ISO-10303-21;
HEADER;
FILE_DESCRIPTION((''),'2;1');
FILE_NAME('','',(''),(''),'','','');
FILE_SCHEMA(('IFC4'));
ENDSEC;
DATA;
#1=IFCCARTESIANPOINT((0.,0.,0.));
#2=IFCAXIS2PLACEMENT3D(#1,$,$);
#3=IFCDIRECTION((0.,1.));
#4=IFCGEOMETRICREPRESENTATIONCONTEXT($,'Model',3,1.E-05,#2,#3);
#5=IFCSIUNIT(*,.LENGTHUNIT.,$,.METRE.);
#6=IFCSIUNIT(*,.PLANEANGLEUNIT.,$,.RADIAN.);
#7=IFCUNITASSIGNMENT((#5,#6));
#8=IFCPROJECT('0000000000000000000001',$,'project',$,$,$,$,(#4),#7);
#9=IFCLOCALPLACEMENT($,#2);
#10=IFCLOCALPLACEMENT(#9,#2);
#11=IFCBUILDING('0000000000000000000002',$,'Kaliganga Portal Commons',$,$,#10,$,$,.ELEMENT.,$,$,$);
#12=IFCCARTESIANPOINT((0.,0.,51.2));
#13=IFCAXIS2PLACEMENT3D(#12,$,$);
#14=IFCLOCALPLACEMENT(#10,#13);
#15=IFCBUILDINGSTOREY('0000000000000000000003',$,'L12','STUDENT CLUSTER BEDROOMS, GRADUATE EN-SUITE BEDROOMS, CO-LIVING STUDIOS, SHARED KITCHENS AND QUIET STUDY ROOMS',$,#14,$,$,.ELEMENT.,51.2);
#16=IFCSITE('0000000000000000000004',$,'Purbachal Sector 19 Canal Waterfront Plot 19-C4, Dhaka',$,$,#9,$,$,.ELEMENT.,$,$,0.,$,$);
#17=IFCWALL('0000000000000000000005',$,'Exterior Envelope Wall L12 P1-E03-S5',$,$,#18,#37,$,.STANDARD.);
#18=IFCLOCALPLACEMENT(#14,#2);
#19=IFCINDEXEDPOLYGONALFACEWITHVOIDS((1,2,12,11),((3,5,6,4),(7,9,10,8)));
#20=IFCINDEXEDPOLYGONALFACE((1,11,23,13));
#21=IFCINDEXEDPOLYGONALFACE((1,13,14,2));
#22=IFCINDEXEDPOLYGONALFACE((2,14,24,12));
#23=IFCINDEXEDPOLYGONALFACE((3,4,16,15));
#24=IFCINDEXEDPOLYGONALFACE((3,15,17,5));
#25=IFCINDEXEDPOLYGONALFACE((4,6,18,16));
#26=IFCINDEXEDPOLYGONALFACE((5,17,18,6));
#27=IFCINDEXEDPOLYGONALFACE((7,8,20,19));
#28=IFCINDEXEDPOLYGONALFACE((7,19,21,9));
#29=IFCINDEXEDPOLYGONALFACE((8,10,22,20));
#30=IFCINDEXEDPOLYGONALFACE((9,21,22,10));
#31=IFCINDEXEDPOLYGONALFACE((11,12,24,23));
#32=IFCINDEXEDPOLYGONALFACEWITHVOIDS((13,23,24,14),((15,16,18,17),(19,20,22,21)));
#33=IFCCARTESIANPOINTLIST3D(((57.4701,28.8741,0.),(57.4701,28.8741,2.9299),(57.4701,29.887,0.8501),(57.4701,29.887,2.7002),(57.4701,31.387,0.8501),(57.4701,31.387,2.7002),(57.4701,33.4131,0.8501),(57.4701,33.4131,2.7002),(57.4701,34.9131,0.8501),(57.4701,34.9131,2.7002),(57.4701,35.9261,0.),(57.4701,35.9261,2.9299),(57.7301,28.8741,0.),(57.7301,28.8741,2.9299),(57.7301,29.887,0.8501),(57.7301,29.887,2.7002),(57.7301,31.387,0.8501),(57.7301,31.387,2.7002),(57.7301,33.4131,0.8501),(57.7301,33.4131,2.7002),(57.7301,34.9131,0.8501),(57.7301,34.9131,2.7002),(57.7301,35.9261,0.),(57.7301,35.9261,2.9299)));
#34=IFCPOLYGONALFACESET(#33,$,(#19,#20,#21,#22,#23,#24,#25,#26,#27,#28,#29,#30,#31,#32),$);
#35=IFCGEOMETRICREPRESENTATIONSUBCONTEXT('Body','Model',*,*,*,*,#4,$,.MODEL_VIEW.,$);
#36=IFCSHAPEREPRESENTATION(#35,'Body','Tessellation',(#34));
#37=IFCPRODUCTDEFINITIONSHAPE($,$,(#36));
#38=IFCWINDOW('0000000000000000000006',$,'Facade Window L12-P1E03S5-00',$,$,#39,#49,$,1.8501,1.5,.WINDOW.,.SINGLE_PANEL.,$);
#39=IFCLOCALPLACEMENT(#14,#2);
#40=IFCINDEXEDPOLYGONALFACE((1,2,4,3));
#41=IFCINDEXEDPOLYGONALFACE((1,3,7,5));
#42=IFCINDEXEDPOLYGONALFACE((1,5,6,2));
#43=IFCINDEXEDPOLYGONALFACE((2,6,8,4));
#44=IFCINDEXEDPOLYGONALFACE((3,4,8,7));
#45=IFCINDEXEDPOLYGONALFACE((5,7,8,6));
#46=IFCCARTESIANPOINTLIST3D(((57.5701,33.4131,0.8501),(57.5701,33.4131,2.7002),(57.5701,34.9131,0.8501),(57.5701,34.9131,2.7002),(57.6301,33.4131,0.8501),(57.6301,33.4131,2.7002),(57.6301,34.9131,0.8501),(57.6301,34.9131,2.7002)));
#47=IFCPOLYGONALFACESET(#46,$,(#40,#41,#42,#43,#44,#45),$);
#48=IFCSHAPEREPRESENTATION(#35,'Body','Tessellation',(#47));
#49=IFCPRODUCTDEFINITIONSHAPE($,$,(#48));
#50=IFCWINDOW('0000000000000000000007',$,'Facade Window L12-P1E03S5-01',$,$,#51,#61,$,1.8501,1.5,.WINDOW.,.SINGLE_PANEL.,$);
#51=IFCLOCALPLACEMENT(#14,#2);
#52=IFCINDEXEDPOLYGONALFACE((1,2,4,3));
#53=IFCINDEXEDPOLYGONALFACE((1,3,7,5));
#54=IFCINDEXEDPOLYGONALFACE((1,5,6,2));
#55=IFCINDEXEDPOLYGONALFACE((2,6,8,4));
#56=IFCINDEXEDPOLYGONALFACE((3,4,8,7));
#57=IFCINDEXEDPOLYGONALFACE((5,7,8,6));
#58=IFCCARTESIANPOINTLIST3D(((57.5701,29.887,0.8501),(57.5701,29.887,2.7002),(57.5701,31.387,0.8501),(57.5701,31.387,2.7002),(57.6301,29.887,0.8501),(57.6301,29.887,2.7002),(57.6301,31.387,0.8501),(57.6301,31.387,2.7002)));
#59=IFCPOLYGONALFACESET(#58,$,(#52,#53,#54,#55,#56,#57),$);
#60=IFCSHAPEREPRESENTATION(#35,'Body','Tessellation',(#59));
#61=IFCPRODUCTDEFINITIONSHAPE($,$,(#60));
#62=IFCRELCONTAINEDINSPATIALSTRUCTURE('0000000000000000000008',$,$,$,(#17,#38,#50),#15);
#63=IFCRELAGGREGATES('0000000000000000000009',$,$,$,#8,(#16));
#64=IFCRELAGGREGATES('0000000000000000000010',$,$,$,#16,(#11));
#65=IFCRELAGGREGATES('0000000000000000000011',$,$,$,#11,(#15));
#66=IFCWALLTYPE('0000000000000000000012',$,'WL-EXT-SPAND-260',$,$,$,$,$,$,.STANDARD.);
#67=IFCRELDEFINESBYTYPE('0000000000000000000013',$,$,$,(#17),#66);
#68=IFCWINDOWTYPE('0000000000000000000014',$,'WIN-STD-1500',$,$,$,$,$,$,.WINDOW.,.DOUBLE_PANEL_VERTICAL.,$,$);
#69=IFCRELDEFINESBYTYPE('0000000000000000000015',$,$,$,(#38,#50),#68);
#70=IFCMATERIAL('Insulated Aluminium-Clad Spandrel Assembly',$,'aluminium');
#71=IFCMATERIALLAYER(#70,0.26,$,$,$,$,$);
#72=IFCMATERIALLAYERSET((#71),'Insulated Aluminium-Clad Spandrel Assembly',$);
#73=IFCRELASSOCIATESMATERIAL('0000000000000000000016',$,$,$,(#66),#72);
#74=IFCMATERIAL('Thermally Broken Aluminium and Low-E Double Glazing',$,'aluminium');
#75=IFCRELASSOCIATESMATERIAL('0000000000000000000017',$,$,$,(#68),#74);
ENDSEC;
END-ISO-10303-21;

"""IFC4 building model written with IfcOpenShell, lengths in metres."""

from ifc_helpers import new_model, si_unit, direction, frame, frame_2d, origin, place, context, subcontext, project, spatial, rectangle, extrude, material, layer, layer_set, type_object, element, fill, save


model = new_model("IFC4")

# Units and contexts
model_context = context("Model", 3, precision=1e-05, world=origin(), true_north=direction((0.0, 1.0)))
body_context = subcontext(model_context, "Body", "Model", "MODEL_VIEW")
ifc_project = project(units=[si_unit("LENGTHUNIT", "METRE"), si_unit("PLANEANGLEUNIT", "RADIAN")], contexts=[model_context])

# Site, building, storey
site_placement = place(None, origin())
site = spatial("IfcSite", under=ifc_project, at=site_placement, Name="Purbachal Sector 19 Canal Waterfront Plot 19-C4, Dhaka", CompositionType="ELEMENT", RefElevation=0.0)
building_placement = place(site_placement, origin())
building = spatial("IfcBuilding", under=site, at=building_placement, Name="Kaliganga Portal Commons", CompositionType="ELEMENT")
storey_placement = place(building_placement, frame((0.0, 0.0, 51.2)))
storey = spatial("IfcBuildingStorey", under=building, at=storey_placement, Name="L12", Description="STUDENT CLUSTER BEDROOMS, GRADUATE EN-SUITE BEDROOMS, CO-LIVING STUDIOS, SHARED KITCHENS AND QUIET STUDY ROOMS", CompositionType="ELEMENT", Elevation=51.2)

# Wall, openings, windows
ifc_material_1 = material(Name="Insulated Aluminium-Clad Spandrel Assembly", Category="aluminium")
ifc_layer = layer(ifc_material_1, 0.26)
ifc_layer_set = layer_set([ifc_layer], Name="Insulated Aluminium-Clad Spandrel Assembly")
wall_type = type_object("IfcWallType", Name="WL-EXT-SPAND-260", PredefinedType="STANDARD", material=ifc_layer_set)
wall_placement = place(storey_placement, frame((57.6001, 35.926, 0.0), z_axis=(0.0, 0.0, 1.0), x_axis=(0.0, -1.0, 0.0)))
wall = element("IfcWall", 1, at=wall_placement, inside=storey, type_object=wall_type, Name="Exterior Envelope Wall L12 P1-E03-S5", PredefinedType="STANDARD", context=body_context, shape_type="SweptSolid", body=[
    extrude(rectangle(XDim=7.052, YDim=0.26, at=frame_2d((3.5259, 0.0))), origin(), (0.0, 0.0, 1.0), 2.9299),
])
opening_1_placement = place(wall_placement, frame((1.0129, 0.0, 0.8501)))
opening_1 = element("IfcOpeningElement", 2, at=opening_1_placement, cuts=wall, PredefinedType="OPENING", context=body_context, shape_type="SweptSolid", body=[
    extrude(rectangle(XDim=1.5, YDim=1.8501, at=frame_2d((0.75, 0.925))), frame((0.0, 0.1401, 0.0), z_axis=(0.0, -1.0, 0.0), x_axis=(1.0, 0.0, 0.0)), (0.0, 0.0, 1.0), 0.28),
])
opening_2_placement = place(wall_placement, frame((4.5391, 0.0, 0.8501)))
opening_2 = element("IfcOpeningElement", 3, at=opening_2_placement, cuts=wall, PredefinedType="OPENING", context=body_context, shape_type="SweptSolid", body=[
    extrude(rectangle(XDim=1.5, YDim=1.8501, at=frame_2d((0.75, 0.925))), frame((0.0, 0.1401, 0.0), z_axis=(0.0, -1.0, 0.0), x_axis=(1.0, 0.0, 0.0)), (0.0, 0.0, 1.0), 0.28),
])
ifc_material_2 = material(Name="Thermally Broken Aluminium and Low-E Double Glazing", Category="aluminium")
window_type = type_object("IfcWindowType", Name="WIN-STD-1500", PartitioningType="DOUBLE_PANEL_VERTICAL", PredefinedType="WINDOW", material=ifc_material_2)
window_1_placement = place(opening_1_placement, origin())
window_1 = element("IfcWindow", 4, at=window_1_placement, inside=storey, type_object=window_type, Name="Facade Window L12-P1E03S5-00", OverallHeight=1.8501, OverallWidth=1.5, PartitioningType="SINGLE_PANEL", PredefinedType="WINDOW", context=body_context, shape_type="SweptSolid", body=[
    extrude(rectangle(XDim=1.5, YDim=1.8501, at=frame_2d((0.75, 0.925))), frame((0.0, 0.03, 0.0), z_axis=(0.0, -1.0, 0.0), x_axis=(1.0, 0.0, 0.0)), (0.0, 0.0, 1.0), 0.0601),
])
fill(opening_1, window_1)
window_2_placement = place(opening_2_placement, origin())
window_2 = element("IfcWindow", 5, at=window_2_placement, inside=storey, type_object=window_type, Name="Facade Window L12-P1E03S5-01", OverallHeight=1.8501, OverallWidth=1.5, PartitioningType="SINGLE_PANEL", PredefinedType="WINDOW", context=body_context, shape_type="SweptSolid", body=[
    extrude(rectangle(XDim=1.5, YDim=1.8501, at=frame_2d((0.75, 0.925))), frame((0.0, 0.03, 0.0), z_axis=(0.0, -1.0, 0.0), x_axis=(1.0, 0.0, 0.0)), (0.0, 0.0, 1.0), 0.0601),
])
fill(opening_2, window_2)

save(model, "model.ifc")
